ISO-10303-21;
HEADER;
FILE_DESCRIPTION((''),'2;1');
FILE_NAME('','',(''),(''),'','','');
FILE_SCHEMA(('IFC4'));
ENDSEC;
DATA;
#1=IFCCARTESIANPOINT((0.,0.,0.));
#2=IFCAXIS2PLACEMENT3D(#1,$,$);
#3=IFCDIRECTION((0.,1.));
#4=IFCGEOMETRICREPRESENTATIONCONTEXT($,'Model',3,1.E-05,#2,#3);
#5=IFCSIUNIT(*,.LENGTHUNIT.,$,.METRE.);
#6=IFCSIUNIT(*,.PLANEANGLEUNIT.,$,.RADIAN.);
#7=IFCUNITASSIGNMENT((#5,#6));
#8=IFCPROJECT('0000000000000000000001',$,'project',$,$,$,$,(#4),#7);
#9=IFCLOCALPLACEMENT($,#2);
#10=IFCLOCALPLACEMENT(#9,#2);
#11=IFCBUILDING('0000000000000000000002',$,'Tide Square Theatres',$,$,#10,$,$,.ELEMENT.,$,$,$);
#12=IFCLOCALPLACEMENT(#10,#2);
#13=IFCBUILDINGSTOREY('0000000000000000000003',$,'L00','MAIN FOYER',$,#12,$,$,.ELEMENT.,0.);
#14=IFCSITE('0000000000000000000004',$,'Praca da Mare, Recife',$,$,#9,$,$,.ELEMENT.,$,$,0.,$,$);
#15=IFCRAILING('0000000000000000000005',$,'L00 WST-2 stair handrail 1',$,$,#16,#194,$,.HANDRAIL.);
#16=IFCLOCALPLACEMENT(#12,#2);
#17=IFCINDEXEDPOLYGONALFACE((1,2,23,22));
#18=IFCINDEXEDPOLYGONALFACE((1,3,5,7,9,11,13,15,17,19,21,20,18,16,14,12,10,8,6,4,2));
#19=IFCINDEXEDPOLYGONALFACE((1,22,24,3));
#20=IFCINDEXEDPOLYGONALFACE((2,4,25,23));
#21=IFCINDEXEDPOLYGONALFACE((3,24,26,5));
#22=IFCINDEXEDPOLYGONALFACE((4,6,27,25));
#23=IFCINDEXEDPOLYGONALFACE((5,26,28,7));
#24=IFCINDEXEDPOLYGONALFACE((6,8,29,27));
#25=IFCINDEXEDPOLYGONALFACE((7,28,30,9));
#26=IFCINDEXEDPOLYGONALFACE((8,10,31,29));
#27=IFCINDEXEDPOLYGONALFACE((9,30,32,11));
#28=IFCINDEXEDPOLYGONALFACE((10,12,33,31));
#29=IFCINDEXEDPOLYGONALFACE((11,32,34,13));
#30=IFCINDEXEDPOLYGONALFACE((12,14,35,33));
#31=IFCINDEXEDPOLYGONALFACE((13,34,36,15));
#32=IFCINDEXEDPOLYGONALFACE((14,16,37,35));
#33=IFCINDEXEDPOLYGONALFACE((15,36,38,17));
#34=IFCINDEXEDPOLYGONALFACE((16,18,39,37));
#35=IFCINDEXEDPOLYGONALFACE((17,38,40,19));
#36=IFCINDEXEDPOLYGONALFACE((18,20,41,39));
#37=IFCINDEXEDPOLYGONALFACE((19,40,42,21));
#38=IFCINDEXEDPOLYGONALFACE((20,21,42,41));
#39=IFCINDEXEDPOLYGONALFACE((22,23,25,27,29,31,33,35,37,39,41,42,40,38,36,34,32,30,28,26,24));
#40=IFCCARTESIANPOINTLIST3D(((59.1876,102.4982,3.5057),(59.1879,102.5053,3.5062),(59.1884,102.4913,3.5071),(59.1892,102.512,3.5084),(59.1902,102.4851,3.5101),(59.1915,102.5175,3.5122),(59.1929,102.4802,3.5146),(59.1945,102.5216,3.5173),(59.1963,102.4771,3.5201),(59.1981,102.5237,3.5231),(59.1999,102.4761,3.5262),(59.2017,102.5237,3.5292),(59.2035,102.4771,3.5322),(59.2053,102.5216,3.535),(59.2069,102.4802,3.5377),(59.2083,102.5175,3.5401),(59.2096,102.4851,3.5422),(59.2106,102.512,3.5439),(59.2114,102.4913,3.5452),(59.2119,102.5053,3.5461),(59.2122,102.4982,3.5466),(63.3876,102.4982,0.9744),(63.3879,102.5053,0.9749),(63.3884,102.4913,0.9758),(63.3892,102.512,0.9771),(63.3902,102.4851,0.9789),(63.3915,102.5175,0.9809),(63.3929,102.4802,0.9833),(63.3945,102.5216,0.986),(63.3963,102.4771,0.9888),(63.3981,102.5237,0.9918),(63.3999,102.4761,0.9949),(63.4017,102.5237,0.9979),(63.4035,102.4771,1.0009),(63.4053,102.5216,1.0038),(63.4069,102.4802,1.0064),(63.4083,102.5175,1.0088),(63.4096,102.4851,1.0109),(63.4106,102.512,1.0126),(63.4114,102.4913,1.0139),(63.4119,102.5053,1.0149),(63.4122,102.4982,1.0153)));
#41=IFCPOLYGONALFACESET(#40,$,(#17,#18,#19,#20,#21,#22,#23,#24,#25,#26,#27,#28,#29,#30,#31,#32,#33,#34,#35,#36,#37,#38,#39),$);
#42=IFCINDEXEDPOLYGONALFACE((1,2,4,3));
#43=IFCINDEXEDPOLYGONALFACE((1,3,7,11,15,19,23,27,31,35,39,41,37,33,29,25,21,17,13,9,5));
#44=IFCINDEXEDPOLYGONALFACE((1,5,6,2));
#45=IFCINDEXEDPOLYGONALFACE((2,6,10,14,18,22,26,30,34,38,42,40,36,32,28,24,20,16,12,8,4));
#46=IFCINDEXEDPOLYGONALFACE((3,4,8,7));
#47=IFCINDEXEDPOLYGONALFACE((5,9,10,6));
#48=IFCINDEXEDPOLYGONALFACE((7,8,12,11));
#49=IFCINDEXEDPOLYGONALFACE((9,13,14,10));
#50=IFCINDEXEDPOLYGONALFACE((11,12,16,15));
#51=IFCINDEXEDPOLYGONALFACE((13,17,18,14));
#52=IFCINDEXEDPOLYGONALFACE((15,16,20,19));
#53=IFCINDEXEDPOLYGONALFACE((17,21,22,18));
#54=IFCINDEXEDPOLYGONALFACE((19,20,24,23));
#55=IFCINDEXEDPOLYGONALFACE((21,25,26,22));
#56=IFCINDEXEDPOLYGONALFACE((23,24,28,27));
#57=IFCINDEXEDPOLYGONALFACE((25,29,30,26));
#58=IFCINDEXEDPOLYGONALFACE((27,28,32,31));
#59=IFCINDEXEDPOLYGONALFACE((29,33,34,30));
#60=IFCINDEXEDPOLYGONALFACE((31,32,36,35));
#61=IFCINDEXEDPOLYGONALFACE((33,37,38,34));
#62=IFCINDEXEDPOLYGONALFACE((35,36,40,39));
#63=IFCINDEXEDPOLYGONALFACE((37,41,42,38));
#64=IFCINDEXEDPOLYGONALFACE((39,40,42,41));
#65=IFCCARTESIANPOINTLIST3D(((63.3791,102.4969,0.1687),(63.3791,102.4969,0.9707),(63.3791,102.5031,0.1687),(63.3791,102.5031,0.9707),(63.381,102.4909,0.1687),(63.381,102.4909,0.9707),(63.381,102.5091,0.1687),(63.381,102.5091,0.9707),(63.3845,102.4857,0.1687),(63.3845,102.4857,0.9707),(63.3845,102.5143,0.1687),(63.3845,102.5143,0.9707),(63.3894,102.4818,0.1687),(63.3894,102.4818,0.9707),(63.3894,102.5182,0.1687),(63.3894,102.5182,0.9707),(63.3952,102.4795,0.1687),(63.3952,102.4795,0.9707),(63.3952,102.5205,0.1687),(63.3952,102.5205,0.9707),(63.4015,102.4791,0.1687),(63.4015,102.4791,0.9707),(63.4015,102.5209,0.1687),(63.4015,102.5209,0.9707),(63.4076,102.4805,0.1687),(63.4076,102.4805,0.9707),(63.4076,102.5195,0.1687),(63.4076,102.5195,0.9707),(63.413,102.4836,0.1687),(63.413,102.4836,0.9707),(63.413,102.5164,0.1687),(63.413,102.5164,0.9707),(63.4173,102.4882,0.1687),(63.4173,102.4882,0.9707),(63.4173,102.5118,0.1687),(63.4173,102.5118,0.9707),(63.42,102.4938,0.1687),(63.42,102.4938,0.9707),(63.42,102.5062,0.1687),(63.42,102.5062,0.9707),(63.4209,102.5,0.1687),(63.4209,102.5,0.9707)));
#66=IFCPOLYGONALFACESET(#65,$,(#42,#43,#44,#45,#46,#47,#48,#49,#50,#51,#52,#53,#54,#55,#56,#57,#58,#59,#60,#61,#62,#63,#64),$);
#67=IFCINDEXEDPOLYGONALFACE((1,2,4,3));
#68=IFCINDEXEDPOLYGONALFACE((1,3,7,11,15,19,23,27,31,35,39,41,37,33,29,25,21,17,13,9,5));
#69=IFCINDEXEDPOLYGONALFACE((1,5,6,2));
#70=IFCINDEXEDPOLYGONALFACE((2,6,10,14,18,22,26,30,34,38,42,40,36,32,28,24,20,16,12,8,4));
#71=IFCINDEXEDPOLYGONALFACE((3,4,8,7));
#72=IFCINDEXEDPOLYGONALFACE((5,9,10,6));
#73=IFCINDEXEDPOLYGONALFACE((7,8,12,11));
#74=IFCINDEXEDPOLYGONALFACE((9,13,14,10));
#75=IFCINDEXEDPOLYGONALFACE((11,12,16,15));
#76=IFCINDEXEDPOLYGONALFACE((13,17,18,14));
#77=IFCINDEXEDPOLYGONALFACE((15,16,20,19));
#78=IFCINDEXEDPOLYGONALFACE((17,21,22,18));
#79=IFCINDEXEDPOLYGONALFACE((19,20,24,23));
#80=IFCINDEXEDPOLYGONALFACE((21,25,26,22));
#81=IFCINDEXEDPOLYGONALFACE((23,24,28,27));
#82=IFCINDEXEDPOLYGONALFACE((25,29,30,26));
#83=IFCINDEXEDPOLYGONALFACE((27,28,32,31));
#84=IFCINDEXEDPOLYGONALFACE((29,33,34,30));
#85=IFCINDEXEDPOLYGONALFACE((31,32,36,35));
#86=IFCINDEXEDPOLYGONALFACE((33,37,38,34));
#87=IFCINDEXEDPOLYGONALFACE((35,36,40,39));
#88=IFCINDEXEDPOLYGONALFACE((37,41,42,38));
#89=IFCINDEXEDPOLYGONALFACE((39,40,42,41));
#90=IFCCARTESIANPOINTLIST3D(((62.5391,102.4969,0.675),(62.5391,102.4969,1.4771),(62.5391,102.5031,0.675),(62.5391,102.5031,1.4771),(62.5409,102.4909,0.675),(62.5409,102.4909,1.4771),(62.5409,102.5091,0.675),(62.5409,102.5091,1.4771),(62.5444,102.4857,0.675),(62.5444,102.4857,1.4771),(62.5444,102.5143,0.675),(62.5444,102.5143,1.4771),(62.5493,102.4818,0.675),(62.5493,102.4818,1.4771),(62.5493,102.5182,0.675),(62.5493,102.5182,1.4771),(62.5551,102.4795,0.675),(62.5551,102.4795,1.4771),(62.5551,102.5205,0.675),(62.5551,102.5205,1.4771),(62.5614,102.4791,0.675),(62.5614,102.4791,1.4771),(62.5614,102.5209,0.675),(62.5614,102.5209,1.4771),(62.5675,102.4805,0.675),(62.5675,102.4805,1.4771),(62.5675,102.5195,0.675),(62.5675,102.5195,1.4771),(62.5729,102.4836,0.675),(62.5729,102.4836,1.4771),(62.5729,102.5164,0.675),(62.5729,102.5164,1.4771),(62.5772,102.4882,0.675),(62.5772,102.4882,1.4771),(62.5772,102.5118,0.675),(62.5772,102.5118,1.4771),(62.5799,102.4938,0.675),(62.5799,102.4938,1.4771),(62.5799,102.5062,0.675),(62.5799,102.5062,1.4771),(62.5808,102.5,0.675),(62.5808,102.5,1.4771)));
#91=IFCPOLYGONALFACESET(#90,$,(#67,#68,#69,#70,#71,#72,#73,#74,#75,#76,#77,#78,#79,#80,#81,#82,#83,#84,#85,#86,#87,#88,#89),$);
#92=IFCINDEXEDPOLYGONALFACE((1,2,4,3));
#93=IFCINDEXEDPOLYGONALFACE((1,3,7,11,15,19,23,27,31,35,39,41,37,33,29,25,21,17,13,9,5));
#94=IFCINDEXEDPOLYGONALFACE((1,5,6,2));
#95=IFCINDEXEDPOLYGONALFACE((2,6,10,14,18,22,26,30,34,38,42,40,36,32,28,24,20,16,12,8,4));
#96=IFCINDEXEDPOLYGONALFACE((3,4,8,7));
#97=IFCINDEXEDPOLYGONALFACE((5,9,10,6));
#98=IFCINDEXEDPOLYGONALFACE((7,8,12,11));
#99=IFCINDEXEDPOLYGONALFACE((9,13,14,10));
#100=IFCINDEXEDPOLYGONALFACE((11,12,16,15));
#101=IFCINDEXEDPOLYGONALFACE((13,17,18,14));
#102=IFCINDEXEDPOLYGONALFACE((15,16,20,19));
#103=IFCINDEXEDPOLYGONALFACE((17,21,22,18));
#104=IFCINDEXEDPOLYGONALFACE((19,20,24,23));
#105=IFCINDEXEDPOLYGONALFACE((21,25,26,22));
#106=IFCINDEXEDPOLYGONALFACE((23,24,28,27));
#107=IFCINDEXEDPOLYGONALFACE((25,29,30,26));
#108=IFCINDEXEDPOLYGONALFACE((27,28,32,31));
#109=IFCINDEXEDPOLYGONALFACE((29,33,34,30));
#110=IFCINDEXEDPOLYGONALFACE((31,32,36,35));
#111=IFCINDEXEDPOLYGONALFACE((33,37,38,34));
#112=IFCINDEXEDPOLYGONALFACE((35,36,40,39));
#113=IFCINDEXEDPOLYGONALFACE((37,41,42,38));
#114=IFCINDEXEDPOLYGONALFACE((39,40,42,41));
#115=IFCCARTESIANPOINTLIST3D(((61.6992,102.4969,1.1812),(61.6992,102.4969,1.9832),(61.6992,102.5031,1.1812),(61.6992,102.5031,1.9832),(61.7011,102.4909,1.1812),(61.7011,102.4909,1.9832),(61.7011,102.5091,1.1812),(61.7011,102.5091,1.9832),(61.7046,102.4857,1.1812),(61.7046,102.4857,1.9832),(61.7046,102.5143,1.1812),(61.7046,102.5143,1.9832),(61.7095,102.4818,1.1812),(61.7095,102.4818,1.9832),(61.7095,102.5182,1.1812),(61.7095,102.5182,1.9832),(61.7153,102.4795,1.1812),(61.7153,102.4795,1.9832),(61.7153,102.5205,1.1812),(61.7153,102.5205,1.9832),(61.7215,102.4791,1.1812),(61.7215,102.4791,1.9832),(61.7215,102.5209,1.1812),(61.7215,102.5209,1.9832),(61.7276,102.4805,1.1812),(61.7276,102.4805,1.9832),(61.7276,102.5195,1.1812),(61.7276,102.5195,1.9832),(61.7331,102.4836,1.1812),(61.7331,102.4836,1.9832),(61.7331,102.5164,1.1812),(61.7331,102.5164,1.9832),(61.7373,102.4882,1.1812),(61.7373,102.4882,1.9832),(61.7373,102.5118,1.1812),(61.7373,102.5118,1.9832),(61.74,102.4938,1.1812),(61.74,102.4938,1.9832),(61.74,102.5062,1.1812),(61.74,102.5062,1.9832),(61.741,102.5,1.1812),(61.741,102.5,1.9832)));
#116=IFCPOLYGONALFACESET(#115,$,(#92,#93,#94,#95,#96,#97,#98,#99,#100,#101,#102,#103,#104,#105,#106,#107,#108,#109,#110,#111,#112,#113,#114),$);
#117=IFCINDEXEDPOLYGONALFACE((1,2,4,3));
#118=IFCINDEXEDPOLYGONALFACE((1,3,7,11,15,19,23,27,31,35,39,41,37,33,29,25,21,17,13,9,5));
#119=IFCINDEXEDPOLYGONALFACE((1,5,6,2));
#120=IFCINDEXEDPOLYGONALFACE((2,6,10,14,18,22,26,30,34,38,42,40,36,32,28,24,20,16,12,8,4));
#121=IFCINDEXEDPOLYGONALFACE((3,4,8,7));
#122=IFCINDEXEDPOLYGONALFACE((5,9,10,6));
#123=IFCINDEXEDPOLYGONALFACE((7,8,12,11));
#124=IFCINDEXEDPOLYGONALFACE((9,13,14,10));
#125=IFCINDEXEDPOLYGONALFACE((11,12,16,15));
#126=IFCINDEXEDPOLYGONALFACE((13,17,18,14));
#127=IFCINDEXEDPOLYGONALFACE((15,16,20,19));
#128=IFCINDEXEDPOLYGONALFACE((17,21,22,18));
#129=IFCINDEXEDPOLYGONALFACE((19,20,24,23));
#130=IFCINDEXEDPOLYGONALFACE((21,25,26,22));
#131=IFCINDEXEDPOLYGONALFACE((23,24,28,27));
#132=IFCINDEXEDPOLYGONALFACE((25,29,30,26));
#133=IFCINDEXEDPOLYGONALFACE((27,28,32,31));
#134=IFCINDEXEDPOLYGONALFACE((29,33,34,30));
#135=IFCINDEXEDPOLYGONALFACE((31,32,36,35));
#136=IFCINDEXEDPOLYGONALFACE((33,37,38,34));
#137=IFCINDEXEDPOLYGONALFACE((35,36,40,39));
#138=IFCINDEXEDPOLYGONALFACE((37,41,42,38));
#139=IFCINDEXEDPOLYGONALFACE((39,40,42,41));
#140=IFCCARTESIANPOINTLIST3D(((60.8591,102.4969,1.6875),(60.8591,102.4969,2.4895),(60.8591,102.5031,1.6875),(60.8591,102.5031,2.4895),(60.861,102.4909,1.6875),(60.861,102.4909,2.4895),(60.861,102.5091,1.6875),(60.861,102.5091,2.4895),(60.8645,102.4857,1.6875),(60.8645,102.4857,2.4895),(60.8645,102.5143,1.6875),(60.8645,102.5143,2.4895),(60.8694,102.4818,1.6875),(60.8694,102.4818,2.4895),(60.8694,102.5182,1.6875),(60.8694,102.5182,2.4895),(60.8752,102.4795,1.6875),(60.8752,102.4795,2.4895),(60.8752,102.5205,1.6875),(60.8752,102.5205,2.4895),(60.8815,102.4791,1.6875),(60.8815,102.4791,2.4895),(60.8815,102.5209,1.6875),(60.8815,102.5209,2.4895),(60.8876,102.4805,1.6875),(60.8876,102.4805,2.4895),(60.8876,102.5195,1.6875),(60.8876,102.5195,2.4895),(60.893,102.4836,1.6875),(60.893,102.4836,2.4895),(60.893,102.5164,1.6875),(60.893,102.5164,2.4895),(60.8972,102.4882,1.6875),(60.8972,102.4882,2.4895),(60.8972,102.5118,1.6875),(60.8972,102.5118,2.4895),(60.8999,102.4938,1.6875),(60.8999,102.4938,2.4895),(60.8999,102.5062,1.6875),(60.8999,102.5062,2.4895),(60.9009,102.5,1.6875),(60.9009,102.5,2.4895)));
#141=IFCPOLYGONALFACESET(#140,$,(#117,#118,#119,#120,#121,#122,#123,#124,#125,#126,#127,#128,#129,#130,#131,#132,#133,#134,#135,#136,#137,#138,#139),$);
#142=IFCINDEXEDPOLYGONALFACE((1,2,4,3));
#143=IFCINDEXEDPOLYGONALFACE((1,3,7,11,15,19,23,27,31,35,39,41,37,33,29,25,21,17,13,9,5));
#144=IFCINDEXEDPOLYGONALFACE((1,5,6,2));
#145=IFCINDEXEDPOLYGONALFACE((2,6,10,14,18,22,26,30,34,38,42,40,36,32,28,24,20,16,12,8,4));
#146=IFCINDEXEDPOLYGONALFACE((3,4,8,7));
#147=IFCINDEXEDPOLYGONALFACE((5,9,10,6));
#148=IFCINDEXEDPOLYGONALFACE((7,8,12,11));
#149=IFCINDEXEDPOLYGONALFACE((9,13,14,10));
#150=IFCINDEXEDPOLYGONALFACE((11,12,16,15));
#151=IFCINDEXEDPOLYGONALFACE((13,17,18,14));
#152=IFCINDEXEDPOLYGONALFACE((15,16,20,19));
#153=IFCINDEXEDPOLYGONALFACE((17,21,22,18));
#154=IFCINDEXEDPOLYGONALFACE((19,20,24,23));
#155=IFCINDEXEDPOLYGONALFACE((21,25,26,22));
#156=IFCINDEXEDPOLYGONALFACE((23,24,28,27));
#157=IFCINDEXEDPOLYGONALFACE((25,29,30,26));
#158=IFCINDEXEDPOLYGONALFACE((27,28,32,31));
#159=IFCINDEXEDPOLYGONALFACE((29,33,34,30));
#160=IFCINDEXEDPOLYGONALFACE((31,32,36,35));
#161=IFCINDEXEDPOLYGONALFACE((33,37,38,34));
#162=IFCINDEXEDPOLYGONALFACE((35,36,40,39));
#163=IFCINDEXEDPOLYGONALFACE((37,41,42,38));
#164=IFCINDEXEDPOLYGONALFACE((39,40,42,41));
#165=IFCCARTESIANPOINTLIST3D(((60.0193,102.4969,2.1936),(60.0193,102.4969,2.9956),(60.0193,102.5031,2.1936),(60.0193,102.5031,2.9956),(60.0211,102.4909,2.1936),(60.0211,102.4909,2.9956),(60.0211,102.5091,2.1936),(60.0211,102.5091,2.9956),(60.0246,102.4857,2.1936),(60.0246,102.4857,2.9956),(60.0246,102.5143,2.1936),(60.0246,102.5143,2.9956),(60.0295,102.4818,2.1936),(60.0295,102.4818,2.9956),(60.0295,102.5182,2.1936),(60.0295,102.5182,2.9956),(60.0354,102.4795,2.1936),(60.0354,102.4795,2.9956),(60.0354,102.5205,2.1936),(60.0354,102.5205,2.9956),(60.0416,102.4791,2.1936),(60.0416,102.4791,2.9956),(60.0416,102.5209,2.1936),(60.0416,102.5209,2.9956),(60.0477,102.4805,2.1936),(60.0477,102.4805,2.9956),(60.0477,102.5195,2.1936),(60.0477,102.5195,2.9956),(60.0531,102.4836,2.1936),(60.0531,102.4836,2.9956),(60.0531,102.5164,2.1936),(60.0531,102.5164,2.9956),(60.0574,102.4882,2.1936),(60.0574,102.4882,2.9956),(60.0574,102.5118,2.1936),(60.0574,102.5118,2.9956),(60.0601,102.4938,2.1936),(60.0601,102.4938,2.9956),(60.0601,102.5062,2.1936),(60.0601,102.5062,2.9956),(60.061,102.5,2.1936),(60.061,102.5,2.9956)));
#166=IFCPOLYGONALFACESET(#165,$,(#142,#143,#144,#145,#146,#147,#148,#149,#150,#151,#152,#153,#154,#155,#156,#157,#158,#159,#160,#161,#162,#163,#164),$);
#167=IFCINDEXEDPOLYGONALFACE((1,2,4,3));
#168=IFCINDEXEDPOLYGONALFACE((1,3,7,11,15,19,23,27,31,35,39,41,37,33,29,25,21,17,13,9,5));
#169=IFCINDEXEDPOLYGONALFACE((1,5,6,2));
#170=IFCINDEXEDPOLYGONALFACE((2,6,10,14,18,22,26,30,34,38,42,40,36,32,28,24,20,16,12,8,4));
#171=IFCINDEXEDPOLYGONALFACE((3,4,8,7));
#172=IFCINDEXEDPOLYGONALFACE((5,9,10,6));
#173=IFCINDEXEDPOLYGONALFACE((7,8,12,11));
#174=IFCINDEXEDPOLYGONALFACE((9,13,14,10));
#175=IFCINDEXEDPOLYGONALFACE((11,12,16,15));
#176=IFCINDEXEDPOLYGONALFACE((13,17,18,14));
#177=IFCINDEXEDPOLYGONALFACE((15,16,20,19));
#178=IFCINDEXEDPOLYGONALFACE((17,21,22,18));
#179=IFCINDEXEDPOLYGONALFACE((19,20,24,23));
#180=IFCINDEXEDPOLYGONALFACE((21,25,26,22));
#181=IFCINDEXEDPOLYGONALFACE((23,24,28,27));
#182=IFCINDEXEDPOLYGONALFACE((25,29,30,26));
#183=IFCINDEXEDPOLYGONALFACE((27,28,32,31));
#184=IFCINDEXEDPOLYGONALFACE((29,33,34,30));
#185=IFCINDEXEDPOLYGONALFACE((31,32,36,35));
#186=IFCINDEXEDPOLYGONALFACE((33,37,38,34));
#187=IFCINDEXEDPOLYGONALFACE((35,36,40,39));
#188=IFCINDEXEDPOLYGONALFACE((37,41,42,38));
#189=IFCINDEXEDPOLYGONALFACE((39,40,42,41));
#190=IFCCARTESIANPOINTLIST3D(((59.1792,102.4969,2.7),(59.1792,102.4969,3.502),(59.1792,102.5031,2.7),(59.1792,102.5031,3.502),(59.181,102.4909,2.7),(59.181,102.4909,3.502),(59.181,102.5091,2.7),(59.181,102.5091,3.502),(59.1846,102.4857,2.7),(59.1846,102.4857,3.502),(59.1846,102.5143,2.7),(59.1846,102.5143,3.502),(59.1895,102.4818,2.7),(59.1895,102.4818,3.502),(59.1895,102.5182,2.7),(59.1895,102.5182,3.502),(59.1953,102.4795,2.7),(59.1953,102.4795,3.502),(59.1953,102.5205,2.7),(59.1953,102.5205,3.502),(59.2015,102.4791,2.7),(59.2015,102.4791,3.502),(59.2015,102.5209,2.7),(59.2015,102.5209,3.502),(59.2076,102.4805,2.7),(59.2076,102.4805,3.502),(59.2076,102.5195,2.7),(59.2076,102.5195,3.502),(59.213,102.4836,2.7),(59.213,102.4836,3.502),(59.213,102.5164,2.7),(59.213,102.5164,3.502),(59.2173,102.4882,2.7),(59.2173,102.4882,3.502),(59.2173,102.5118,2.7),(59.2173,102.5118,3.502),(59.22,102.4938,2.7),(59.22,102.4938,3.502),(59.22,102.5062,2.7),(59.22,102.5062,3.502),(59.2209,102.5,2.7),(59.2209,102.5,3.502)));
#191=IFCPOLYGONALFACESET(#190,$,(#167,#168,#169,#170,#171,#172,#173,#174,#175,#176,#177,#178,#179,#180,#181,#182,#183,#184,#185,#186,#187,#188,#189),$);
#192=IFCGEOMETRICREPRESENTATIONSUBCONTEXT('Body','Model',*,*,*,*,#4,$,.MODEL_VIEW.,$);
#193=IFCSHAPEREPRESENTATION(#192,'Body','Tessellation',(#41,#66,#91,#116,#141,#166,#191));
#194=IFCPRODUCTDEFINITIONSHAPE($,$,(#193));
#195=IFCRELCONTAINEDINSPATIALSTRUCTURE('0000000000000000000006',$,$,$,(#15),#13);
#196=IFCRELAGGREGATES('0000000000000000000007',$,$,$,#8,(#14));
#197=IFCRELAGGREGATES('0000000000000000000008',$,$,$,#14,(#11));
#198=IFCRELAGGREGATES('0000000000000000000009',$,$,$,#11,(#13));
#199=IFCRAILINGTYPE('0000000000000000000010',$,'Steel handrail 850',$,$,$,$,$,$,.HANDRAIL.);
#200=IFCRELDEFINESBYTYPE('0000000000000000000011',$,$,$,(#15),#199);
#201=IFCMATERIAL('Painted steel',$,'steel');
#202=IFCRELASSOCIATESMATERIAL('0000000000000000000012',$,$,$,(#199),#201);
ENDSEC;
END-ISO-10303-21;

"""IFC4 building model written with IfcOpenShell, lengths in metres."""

from ifc_helpers import new_model, si_unit, direction, frame, origin, origin_2d, place, context, subcontext, project, spatial, circle, extrude, material, type_object, element, save


model = new_model("IFC4")

# Units and contexts
model_context = context("Model", 3, precision=1e-05, world=origin(), true_north=direction((0.0, 1.0)))
body_context = subcontext(model_context, "Body", "Model", "MODEL_VIEW")
ifc_project = project(units=[si_unit("LENGTHUNIT", "METRE"), si_unit("PLANEANGLEUNIT", "RADIAN")], contexts=[model_context])

# Site, building, storey
site_placement = place(None, origin())
site = spatial("IfcSite", under=ifc_project, at=site_placement, Name="Praca da Mare, Recife", CompositionType="ELEMENT", RefElevation=0.0)
building_placement = place(site_placement, origin())
building = spatial("IfcBuilding", under=site, at=building_placement, Name="Tide Square Theatres", CompositionType="ELEMENT")
storey_placement = place(building_placement, origin())
storey = spatial("IfcBuildingStorey", under=building, at=storey_placement, Name="L00", Description="MAIN FOYER", CompositionType="ELEMENT", Elevation=0.0)

# Railing
ifc_material_1 = material(Name="Painted steel", Category="steel")
railing_type_1 = type_object("IfcRailingType", Name="Steel handrail 850", PredefinedType="HANDRAIL", material=ifc_material_1)
for number, where, name in (
    (1, (63.3999, 102.5, 0.1687), "L00 WST-2 stair handrail 1"),
):
    element("IfcRailing", number, at=place(storey_placement, frame(where)), inside=storey, type_object=railing_type_1, Name=name, PredefinedType="HANDRAIL", context=body_context, shape_type="SweptSolid", body=[
        extrude(circle(Radius=0.0239, at=origin_2d()), frame((0.0, 0.0, 0.8262), z_axis=(-0.856476, 0.0, 0.516186), x_axis=(0.0, -1.0, 0.0)), (0.0, 0.0, 1.0), 4.9038),
        extrude(circle(Radius=0.021, at=origin_2d()), origin(), (0.0, 0.0, 1.0), 0.802),
        extrude(circle(Radius=0.021, at=origin_2d()), frame((-0.8401, 0.0, 0.5063)), (0.0, 0.0, 1.0), 0.802),
        extrude(circle(Radius=0.021, at=origin_2d()), frame((-1.6799, 0.0, 1.0125)), (0.0, 0.0, 1.0), 0.802),
        extrude(circle(Radius=0.021, at=origin_2d()), frame((-2.52, 0.0, 1.5188)), (0.0, 0.0, 1.0), 0.802),
        extrude(circle(Radius=0.021, at=origin_2d()), frame((-3.3599, 0.0, 2.0249)), (0.0, 0.0, 1.0), 0.802),
        extrude(circle(Radius=0.021, at=origin_2d()), frame((-4.2, 0.0, 2.5312)), (0.0, 0.0, 1.0), 0.802),
    ])

save(model, "model.ifc")
